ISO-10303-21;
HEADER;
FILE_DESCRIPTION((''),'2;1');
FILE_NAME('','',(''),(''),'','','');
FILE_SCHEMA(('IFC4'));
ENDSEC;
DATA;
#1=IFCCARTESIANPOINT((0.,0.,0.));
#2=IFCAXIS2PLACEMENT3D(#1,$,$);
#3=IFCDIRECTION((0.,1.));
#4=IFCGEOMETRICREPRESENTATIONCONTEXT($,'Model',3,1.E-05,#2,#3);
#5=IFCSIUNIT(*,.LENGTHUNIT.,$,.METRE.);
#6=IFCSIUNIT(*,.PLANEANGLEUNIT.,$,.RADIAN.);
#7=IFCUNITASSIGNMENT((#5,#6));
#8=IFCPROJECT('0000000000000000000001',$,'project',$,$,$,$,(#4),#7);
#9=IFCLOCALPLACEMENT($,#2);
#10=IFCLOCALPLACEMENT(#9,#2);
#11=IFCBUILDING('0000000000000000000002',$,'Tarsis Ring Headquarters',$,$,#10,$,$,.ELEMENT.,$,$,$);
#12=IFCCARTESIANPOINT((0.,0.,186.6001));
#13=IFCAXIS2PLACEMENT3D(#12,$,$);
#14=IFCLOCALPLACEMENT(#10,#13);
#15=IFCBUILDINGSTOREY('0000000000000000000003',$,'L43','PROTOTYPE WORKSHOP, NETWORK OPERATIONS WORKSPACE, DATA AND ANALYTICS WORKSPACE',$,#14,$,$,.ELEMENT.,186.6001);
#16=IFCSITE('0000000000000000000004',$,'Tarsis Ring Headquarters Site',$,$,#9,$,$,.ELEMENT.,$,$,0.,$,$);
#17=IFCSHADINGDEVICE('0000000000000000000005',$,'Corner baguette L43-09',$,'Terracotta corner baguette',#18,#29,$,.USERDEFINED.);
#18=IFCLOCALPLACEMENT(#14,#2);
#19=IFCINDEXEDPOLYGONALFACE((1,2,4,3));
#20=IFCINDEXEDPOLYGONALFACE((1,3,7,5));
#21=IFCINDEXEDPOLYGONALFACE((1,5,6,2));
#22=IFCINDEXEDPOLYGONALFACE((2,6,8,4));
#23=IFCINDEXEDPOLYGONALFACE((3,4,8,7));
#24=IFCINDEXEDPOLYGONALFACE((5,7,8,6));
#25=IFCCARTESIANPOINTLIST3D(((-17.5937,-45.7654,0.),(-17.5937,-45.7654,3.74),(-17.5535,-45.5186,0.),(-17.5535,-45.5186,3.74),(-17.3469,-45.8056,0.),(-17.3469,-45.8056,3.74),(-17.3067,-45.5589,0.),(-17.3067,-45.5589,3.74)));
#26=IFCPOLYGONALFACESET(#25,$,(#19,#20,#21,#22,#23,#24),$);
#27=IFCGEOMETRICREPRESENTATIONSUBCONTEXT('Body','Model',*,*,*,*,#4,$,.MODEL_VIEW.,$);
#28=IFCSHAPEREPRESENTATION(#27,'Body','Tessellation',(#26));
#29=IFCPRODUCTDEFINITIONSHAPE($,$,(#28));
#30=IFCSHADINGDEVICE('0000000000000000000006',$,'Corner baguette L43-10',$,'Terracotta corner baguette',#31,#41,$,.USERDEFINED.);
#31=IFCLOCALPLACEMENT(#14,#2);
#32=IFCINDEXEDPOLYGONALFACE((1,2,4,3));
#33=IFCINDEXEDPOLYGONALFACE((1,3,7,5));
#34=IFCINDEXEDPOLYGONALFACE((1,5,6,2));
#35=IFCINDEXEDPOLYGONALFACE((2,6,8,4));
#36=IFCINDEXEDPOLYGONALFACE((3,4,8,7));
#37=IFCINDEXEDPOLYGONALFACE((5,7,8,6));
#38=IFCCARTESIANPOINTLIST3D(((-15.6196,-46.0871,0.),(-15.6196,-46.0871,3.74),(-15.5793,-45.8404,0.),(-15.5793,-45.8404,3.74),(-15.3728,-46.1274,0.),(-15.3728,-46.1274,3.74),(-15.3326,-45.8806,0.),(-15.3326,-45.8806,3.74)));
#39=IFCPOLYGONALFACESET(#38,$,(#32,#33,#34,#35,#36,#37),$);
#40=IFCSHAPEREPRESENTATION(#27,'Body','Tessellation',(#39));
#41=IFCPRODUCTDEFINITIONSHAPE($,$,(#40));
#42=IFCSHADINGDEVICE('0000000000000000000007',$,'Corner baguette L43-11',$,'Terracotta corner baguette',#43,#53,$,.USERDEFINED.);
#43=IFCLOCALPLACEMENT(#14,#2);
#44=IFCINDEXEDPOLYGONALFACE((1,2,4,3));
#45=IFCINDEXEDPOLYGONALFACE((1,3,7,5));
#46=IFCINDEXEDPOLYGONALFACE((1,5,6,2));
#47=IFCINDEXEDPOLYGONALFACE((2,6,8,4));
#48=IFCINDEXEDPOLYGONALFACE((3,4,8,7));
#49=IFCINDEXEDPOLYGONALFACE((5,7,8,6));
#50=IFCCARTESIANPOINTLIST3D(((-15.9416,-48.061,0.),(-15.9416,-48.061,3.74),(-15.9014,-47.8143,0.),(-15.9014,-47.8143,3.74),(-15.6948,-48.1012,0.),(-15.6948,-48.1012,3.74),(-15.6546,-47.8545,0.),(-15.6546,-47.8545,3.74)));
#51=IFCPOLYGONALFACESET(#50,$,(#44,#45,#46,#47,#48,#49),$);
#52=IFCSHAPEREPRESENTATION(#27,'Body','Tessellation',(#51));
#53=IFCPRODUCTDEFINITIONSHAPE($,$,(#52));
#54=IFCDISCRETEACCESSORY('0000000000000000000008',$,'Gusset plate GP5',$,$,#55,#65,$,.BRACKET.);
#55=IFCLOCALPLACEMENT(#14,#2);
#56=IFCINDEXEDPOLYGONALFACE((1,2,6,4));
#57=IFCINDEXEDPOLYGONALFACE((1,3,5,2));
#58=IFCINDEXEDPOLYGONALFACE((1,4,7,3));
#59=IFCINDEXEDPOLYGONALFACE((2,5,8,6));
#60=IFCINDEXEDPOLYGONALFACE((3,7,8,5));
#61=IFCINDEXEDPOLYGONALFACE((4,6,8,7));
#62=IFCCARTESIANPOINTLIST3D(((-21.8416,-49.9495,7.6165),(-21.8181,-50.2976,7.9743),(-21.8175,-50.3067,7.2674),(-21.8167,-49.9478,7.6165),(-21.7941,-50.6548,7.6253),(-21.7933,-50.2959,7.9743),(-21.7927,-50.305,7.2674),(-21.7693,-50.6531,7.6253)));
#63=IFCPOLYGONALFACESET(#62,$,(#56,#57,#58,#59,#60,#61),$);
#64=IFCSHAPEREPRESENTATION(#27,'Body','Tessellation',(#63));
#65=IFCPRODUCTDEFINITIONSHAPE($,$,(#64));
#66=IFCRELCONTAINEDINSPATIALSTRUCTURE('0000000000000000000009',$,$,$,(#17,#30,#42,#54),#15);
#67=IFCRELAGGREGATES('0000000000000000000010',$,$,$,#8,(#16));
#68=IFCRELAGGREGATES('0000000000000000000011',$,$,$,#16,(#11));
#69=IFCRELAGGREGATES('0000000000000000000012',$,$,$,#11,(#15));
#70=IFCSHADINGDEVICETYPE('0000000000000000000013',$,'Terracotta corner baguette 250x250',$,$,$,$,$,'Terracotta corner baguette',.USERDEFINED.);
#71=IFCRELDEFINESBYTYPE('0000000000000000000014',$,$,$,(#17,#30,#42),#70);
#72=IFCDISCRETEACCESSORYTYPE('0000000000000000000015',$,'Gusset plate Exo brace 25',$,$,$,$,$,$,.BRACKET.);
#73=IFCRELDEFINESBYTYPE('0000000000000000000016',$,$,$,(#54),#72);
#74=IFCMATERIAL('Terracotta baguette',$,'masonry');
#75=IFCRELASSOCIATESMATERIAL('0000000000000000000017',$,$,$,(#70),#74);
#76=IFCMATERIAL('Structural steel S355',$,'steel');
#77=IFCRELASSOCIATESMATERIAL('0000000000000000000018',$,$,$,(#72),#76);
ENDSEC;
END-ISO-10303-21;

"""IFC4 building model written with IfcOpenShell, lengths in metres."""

from ifc_helpers import new_model, si_unit, direction, frame, origin, origin_2d, place, context, subcontext, project, spatial, rectangle, extrude, material, material_profile, profile_set, type_object, element, save


model = new_model("IFC4")

# Units and contexts
model_context = context("Model", 3, precision=1e-05, world=origin(), true_north=direction((0.0, 1.0)))
body_context = subcontext(model_context, "Body", "Model", "MODEL_VIEW")
ifc_project = project(units=[si_unit("LENGTHUNIT", "METRE"), si_unit("PLANEANGLEUNIT", "RADIAN")], contexts=[model_context])

# Site, building, storey
site_placement = place(None, origin())
site = spatial("IfcSite", under=ifc_project, at=site_placement, Name="Tarsis Ring Headquarters Site", CompositionType="ELEMENT", RefElevation=0.0)
building_placement = place(site_placement, origin())
building = spatial("IfcBuilding", under=site, at=building_placement, Name="Tarsis Ring Headquarters", CompositionType="ELEMENT")
storey_placement = place(building_placement, frame((0.0, 0.0, 186.6001)))
storey = spatial("IfcBuildingStorey", under=building, at=storey_placement, Name="L43", Description="PROTOTYPE WORKSHOP, NETWORK OPERATIONS WORKSPACE, DATA AND ANALYTICS WORKSPACE", CompositionType="ELEMENT", Elevation=186.6001)

# Shared definitions
ifc_material_1 = material(Name="Structural steel S355", Category="steel")

# Shading devices
ifc_material_2 = material(Name="Terracotta baguette", Category="masonry")
shading_device_type_1 = type_object("IfcShadingDeviceType", Name="Terracotta corner baguette 250x250", ElementType="Terracotta corner baguette", PredefinedType="USERDEFINED", material=ifc_material_2)
for number, where, z_axis, x_axis, name in (
    (1, (-17.4502, -45.6621, 0.0), (0.0, 0.0, 1.0), (-0.160915, -0.986968, 0.0), "Corner baguette L43-09"),
    (2, (-15.4761, -45.9839, 0.0), (0.0, 0.0, 1.0), (0.986968, -0.160915, 0.0), "Corner baguette L43-10"),
    (3, (-15.7981, -47.9578, 0.0), (0.0, 0.0, 1.0), (-0.160915, -0.986968, 0.0), "Corner baguette L43-11"),
):
    element("IfcShadingDevice", number, at=place(storey_placement, frame(where, z_axis=z_axis, x_axis=x_axis)), inside=storey, type_object=shading_device_type_1, Name=name, ObjectType="Terracotta corner baguette", PredefinedType="USERDEFINED", context=body_context, shape_type="SweptSolid", body=[
        extrude(rectangle(XDim=0.25, YDim=0.25, at=origin_2d()), origin(), (0.0, 0.0, 1.0), 3.74),
    ])

# Discrete accessory
ifc_material_profile_1 = material_profile(ifc_material_1, rectangle(XDim=0.0249, YDim=0.5, at=origin_2d()), Name="PL 25x500")
ifc_profile_set_1 = profile_set([ifc_material_profile_1], Name="Structural steel S355")
discrete_accessory_type = type_object("IfcDiscreteAccessoryType", Name="Gusset plate Exo brace 25", PredefinedType="BRACKET", material=ifc_profile_set_1)
discrete_accessory_placement = place(storey_placement, frame((-21.7937, -50.4753, 7.7998), z_axis=(-0.046889, 0.696493, -0.71603), x_axis=(-0.997742, -0.067169, 0.0)))
element("IfcDiscreteAccessory", 4, at=discrete_accessory_placement, inside=storey, type_object=discrete_accessory_type, Name="Gusset plate GP5", PredefinedType="BRACKET", context=body_context, shape_type="SweptSolid", body=[
    extrude(rectangle(XDim=0.0249, YDim=0.5, at=origin_2d()), origin(), (0.0, 0.0, 1.0), 0.4998),
])

save(model, "model.ifc")
